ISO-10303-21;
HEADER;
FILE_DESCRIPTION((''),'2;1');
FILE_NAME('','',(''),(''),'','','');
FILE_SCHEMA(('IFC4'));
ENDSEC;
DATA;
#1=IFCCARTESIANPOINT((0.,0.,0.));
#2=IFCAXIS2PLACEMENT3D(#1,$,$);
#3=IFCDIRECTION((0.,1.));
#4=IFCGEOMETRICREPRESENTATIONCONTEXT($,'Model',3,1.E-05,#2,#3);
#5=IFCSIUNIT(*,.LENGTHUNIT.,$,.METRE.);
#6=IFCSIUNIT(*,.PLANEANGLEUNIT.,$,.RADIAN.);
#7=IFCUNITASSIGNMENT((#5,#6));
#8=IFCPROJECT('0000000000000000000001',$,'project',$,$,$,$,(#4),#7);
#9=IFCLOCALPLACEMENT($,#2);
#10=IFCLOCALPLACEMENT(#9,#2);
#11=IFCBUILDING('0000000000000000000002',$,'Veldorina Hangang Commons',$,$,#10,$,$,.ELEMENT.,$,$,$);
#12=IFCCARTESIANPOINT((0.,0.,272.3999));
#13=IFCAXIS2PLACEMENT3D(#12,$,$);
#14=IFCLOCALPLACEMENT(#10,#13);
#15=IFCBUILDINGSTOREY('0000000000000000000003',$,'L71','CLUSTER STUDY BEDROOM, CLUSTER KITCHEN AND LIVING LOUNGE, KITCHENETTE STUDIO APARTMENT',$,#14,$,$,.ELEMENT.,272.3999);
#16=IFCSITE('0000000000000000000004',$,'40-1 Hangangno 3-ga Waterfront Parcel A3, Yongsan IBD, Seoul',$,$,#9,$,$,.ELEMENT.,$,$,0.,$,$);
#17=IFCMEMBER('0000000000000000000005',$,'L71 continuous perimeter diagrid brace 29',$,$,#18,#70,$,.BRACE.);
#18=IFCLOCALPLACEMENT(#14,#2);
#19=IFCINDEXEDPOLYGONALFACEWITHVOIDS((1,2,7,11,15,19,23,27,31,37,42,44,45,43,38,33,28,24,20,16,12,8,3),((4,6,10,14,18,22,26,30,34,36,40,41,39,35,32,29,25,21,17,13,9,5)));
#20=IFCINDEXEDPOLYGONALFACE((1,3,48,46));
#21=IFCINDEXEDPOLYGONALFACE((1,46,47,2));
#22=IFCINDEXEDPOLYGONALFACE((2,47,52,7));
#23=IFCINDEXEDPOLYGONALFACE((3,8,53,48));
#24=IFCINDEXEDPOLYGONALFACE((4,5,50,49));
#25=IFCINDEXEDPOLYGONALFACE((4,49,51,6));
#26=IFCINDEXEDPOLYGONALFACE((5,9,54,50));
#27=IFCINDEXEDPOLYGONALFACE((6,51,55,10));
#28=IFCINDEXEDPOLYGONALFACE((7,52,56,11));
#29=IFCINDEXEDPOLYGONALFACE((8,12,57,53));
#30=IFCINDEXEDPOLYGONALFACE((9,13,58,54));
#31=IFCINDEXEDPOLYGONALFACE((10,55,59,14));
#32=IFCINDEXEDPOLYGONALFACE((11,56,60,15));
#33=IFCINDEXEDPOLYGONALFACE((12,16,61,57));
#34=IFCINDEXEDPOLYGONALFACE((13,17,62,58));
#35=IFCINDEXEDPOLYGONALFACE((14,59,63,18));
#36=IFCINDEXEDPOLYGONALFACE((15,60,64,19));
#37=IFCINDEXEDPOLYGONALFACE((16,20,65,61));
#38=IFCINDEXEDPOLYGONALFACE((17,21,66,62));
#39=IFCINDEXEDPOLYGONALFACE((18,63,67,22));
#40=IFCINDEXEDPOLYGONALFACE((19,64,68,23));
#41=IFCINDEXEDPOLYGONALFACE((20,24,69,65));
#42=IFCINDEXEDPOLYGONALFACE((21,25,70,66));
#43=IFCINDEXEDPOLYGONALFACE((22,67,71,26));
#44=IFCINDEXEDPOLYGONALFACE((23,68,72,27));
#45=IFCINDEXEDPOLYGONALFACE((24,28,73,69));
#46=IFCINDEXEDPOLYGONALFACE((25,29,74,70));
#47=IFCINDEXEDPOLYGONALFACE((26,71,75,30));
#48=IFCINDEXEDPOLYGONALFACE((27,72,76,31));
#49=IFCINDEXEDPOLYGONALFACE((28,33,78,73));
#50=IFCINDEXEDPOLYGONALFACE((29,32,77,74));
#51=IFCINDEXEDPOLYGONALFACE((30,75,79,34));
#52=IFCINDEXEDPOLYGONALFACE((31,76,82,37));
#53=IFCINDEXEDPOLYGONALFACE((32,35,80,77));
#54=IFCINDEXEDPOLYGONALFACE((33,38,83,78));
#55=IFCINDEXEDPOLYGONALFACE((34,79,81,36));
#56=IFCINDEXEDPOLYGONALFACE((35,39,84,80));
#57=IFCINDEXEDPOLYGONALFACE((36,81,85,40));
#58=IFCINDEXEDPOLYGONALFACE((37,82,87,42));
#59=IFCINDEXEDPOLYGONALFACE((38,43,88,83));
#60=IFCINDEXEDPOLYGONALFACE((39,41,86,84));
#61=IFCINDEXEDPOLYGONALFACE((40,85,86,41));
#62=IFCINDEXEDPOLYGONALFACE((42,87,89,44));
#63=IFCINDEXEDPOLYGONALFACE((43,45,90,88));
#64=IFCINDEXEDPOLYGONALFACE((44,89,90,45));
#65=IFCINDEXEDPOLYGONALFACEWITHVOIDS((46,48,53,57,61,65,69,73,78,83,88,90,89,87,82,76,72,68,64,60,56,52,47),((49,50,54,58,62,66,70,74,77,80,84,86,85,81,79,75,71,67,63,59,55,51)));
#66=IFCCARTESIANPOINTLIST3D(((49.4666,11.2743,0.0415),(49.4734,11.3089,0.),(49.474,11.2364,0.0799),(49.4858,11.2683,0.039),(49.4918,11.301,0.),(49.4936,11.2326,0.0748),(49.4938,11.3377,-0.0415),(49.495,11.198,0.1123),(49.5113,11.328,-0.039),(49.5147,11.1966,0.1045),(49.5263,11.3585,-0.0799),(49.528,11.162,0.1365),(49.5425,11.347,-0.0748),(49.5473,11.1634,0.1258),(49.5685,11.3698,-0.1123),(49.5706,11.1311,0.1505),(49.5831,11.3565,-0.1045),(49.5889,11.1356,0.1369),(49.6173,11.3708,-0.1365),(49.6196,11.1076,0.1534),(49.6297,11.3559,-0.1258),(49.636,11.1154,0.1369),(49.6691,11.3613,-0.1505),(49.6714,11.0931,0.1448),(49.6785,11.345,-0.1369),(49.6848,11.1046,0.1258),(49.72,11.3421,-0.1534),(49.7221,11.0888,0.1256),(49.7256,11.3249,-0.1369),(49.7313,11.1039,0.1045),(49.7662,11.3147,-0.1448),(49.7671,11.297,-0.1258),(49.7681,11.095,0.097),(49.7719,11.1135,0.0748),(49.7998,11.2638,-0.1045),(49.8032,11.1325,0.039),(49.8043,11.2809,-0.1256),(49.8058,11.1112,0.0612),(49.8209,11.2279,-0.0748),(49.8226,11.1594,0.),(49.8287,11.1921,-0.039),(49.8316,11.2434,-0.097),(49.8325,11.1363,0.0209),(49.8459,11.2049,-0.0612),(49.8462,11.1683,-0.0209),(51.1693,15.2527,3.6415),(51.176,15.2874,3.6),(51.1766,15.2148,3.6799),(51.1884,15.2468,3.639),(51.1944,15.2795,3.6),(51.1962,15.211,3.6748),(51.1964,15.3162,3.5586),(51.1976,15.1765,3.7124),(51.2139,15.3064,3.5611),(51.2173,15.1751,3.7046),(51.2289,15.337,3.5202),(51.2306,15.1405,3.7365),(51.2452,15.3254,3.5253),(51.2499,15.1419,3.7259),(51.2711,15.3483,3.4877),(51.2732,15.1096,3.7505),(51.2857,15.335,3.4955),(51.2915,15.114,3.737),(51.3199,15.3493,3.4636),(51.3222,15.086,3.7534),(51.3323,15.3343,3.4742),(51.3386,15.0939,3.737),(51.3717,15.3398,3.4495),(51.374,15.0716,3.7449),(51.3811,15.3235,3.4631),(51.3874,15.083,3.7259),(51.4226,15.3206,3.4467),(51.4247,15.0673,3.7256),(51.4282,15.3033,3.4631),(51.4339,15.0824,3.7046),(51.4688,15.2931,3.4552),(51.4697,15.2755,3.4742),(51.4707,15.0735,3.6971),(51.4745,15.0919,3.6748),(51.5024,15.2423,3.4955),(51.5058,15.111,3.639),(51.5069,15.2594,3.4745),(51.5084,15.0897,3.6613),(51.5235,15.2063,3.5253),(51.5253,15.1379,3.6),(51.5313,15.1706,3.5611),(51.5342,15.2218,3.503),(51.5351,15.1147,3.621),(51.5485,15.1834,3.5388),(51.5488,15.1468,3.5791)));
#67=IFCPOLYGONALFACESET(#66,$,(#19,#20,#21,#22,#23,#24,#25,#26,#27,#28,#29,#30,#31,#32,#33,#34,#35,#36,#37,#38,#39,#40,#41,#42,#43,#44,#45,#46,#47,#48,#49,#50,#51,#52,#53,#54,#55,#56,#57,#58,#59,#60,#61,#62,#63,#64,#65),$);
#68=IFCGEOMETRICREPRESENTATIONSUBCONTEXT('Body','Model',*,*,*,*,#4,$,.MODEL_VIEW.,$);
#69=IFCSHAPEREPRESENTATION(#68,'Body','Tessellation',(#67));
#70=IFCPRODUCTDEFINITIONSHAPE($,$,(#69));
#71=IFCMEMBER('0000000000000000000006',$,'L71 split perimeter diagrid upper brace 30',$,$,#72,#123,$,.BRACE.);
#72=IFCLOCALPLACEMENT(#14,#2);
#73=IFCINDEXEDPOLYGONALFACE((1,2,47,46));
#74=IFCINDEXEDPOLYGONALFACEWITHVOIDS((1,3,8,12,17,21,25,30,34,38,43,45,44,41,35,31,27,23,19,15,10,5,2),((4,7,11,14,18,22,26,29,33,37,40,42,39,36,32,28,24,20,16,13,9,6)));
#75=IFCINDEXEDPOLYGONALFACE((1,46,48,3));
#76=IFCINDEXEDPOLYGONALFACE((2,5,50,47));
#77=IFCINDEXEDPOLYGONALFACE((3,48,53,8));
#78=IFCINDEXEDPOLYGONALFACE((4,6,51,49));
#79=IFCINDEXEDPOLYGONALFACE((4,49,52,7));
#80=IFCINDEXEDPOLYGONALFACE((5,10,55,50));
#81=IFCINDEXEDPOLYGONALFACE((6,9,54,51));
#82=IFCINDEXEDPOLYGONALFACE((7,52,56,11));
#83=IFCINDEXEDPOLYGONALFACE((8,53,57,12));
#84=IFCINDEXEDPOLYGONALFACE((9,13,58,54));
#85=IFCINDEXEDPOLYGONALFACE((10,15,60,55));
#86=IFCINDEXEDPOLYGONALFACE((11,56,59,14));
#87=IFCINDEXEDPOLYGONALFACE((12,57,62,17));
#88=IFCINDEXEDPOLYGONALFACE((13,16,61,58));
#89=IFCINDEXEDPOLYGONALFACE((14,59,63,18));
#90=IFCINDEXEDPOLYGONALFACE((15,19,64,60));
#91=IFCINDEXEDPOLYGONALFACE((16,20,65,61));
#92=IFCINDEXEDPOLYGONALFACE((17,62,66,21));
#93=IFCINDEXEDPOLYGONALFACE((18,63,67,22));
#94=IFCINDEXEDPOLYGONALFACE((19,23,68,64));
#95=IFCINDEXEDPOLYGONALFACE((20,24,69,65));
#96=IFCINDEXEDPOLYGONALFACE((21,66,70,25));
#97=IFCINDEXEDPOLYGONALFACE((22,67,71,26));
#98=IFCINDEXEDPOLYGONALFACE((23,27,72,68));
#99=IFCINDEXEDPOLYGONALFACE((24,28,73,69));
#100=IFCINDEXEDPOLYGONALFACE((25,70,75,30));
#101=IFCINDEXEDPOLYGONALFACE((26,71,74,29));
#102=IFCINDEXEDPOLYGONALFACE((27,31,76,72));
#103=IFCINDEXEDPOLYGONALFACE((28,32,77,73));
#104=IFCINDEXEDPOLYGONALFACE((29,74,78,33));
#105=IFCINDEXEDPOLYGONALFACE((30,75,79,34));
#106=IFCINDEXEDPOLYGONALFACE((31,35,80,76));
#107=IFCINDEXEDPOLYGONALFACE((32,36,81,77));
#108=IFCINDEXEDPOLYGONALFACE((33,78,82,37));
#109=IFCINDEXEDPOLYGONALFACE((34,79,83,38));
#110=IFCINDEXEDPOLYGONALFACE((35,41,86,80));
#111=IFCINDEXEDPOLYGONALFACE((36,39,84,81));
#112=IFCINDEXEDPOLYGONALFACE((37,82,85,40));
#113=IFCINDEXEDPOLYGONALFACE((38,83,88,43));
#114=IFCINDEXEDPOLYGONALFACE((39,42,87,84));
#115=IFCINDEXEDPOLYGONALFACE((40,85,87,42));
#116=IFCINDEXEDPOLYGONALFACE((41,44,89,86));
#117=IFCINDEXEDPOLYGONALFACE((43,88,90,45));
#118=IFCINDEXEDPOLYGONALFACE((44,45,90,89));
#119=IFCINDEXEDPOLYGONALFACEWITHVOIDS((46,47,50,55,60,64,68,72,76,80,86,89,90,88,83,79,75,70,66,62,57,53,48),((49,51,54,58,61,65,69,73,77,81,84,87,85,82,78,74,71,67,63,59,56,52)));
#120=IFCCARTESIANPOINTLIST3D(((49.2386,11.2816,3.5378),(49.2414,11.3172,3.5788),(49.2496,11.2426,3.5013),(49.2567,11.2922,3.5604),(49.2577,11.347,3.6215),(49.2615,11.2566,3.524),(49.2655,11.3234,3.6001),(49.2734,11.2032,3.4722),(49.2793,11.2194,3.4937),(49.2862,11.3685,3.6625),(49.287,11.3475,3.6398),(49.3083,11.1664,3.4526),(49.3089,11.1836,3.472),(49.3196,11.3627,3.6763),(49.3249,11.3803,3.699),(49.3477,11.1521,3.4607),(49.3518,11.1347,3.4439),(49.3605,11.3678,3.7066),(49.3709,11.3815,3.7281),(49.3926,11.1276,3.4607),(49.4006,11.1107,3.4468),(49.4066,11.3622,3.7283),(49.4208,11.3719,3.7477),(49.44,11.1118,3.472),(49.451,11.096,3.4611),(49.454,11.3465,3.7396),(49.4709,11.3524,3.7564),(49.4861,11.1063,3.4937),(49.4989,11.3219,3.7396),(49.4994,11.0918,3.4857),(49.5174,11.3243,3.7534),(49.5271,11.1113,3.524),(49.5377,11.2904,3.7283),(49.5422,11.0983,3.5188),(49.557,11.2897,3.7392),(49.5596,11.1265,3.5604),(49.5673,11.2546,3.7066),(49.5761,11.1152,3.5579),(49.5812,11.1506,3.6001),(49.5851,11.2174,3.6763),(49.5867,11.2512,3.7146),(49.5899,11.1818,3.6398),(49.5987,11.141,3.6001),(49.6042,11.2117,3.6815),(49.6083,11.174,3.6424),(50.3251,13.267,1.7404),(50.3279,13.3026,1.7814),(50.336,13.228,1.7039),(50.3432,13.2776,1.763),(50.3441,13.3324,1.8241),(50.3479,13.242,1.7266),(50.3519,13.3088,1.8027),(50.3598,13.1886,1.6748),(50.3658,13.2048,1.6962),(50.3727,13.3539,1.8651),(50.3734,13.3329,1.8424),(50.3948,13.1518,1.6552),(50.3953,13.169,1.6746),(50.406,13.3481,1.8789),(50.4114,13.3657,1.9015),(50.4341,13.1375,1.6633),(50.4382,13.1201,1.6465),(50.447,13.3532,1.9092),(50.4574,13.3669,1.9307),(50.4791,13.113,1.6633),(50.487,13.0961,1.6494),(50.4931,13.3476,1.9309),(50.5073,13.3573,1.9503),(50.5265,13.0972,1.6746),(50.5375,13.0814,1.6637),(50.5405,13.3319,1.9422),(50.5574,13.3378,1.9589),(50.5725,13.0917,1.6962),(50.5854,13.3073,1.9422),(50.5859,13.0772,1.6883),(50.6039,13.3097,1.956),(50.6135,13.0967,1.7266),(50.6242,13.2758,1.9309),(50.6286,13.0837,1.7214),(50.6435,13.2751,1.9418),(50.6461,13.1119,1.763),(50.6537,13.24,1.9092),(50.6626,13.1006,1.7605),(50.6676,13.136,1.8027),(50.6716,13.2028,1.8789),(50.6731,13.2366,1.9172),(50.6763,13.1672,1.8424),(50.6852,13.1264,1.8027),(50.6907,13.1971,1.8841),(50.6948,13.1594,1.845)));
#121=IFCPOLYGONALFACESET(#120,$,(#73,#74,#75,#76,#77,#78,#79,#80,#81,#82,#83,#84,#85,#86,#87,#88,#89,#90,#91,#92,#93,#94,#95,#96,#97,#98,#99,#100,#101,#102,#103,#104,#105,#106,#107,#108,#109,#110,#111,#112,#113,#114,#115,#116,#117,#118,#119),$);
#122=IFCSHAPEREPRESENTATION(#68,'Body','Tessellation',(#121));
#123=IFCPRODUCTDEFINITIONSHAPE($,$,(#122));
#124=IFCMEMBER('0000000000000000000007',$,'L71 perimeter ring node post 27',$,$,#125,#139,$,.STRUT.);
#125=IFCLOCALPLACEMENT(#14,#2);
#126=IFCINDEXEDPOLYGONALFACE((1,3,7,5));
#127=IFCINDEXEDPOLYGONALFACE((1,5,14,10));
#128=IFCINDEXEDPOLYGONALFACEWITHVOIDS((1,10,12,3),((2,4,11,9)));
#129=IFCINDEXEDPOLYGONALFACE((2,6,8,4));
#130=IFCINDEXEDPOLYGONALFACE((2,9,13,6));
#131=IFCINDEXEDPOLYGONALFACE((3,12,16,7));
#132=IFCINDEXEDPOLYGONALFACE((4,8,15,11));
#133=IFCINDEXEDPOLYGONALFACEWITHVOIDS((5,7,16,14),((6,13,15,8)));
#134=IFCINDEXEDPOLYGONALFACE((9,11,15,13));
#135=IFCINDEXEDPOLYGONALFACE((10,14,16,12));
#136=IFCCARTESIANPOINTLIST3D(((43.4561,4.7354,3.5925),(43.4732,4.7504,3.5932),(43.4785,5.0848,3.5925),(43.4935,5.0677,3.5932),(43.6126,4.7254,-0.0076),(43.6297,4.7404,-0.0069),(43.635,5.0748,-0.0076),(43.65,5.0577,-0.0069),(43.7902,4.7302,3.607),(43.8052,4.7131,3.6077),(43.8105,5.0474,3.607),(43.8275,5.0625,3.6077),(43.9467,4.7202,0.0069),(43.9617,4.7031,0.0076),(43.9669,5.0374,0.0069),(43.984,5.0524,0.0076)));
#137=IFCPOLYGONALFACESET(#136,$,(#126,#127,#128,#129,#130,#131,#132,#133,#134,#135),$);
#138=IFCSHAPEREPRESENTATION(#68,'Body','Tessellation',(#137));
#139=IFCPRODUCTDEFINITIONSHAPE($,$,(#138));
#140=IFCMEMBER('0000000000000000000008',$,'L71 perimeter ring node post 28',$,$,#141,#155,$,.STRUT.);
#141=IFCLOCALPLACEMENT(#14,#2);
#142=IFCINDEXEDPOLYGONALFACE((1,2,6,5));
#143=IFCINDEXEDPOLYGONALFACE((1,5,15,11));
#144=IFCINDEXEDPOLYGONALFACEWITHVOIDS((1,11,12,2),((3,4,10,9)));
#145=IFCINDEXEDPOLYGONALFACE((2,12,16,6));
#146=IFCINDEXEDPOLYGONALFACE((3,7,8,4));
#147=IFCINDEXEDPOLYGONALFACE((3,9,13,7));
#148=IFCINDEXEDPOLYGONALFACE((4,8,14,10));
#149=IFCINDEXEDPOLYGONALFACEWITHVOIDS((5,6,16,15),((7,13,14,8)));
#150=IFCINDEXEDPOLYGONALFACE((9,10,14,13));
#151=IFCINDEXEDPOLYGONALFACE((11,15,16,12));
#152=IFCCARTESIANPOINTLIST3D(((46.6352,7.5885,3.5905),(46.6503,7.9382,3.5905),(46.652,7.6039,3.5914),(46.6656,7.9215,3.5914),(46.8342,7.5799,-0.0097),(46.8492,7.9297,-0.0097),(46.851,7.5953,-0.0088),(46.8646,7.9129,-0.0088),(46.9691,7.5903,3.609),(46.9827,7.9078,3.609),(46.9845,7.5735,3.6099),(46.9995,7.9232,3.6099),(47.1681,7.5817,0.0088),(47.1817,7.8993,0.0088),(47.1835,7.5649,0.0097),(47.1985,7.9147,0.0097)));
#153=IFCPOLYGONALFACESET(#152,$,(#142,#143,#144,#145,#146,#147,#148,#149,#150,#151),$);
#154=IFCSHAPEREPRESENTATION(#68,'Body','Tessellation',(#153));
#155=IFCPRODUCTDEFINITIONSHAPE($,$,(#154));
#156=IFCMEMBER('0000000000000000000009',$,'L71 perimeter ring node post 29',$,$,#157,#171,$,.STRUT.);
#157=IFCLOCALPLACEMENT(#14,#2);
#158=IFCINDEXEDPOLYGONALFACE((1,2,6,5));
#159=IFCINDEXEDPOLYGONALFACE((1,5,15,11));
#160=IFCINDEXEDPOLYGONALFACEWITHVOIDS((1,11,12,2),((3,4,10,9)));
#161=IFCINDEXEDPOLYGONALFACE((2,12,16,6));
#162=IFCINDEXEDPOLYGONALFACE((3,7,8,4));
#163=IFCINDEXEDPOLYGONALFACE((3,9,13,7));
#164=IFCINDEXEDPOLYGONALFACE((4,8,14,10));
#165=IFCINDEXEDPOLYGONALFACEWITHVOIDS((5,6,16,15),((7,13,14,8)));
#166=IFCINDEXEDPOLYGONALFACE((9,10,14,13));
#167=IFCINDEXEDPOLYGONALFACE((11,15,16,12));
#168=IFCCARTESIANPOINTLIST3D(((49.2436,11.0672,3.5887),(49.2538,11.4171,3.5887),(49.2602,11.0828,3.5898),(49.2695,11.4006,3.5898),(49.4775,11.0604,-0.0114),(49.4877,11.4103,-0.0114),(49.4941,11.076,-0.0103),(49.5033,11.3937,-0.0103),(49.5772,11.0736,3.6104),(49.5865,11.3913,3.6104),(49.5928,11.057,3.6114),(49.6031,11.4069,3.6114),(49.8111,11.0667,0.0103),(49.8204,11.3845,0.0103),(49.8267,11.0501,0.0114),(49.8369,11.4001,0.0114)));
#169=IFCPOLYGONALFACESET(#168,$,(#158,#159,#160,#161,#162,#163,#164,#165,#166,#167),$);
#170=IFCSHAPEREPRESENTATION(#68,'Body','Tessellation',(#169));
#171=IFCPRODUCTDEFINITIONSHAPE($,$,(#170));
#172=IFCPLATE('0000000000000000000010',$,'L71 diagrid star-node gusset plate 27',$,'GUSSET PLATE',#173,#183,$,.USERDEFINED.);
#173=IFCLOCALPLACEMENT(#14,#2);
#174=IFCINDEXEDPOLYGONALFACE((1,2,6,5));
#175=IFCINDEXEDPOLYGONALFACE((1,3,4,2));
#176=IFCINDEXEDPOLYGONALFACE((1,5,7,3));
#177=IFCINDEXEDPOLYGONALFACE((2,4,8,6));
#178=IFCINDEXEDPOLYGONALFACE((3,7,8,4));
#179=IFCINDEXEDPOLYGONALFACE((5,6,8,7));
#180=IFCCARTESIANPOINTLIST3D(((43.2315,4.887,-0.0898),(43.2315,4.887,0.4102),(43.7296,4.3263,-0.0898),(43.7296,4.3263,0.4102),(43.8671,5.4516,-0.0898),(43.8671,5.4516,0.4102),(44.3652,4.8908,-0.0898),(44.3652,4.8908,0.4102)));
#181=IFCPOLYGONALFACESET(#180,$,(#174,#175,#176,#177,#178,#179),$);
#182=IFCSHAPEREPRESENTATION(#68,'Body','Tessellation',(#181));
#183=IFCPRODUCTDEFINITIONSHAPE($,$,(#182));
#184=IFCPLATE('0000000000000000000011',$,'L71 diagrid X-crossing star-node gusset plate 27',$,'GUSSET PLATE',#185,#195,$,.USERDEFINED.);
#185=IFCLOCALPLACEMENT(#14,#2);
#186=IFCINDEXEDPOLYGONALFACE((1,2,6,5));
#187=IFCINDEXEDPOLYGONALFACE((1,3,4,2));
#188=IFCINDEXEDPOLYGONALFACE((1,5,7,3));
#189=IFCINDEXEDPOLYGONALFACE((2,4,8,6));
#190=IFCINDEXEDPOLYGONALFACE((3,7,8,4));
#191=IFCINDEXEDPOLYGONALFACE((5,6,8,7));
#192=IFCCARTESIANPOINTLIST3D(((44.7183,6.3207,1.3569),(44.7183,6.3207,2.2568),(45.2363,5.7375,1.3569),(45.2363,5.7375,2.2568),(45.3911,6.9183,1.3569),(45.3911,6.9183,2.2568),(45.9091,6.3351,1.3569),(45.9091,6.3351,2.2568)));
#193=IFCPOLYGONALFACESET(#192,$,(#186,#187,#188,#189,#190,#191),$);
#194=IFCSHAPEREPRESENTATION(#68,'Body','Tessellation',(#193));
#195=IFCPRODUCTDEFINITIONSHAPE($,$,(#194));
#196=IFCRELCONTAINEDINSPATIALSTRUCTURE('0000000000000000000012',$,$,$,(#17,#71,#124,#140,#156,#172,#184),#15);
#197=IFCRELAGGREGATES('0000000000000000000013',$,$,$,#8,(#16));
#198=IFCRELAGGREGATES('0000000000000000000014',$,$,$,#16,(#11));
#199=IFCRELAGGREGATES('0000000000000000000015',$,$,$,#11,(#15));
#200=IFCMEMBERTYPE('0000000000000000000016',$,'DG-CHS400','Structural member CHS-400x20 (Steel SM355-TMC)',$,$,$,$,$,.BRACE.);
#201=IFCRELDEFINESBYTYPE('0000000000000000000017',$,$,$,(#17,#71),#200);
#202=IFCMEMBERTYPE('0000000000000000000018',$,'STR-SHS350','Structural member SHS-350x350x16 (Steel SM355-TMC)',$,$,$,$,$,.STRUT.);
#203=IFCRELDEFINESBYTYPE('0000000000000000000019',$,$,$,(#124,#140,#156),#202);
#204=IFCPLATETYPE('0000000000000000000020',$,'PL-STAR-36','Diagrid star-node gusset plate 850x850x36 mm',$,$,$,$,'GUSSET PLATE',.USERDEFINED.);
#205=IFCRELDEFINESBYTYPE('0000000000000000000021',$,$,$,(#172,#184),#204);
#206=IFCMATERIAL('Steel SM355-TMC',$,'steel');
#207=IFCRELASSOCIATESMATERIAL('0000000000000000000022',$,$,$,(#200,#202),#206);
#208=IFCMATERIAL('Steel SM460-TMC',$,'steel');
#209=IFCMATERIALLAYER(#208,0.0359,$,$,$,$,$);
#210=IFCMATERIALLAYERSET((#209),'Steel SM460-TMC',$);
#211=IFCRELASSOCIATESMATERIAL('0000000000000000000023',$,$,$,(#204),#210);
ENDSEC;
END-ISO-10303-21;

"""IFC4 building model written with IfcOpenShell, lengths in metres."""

from ifc_helpers import new_model, si_unit, direction, frame, origin, origin_2d, place, context, subcontext, project, spatial, rectangle, hollow_rectangle, hollow_circle, extrude, material, layer, layer_set, material_profile, profile_set, type_object, element, save


model = new_model("IFC4")

# Units and contexts
model_context = context("Model", 3, precision=1e-05, world=origin(), true_north=direction((0.0, 1.0)))
body_context = subcontext(model_context, "Body", "Model", "MODEL_VIEW")
ifc_project = project(units=[si_unit("LENGTHUNIT", "METRE"), si_unit("PLANEANGLEUNIT", "RADIAN")], contexts=[model_context])

# Site, building, storey
site_placement = place(None, origin())
site = spatial("IfcSite", under=ifc_project, at=site_placement, Name="40-1 Hangangno 3-ga Waterfront Parcel A3, Yongsan IBD, Seoul", CompositionType="ELEMENT", RefElevation=0.0)
building_placement = place(site_placement, origin())
building = spatial("IfcBuilding", under=site, at=building_placement, Name="Veldorina Hangang Commons", CompositionType="ELEMENT")
storey_placement = place(building_placement, frame((0.0, 0.0, 272.3999)))
storey = spatial("IfcBuildingStorey", under=building, at=storey_placement, Name="L71", Description="CLUSTER STUDY BEDROOM, CLUSTER KITCHEN AND LIVING LOUNGE, KITCHENETTE STUDIO APARTMENT", CompositionType="ELEMENT", Elevation=272.3999)

# Shared definitions
ifc_material_1 = material(Name="Steel SM355-TMC", Category="steel")

# Members
ifc_material_profile_1 = material_profile(ifc_material_1, hollow_circle(Radius=0.2, WallThickness=0.02, at=origin_2d()), Name="CHS-400x20")
ifc_profile_set_1 = profile_set([ifc_material_profile_1], Name="Steel SM355-TMC")
member_type_1 = type_object("IfcMemberType", Name="DG-CHS400", Description="Structural member CHS-400x20 (Steel SM355-TMC)", PredefinedType="BRACE", material=ifc_profile_set_1)
member_1_placement = place(storey_placement, frame((49.6572, 11.2302, 0.0), z_axis=(0.302463, 0.70676, 0.639536), x_axis=(-0.919349, 0.393443, 0.0)))
element("IfcMember", 1, at=member_1_placement, inside=storey, type_object=member_type_1, Name="L71 continuous perimeter diagrid brace 29", PredefinedType="BRACE", context=body_context, shape_type="SweptSolid", body=[
    extrude(hollow_circle(Radius=0.2, WallThickness=0.02, at=origin_2d()), origin(), (0.0, 0.0, 1.0), 5.6292),
])
member_2_placement = place(storey_placement, frame((50.5098, 13.2224, 1.8027), z_axis=(-0.375918, -0.686958, 0.621912), x_axis=(0.877243, -0.480046, 0.0)))
element("IfcMember", 2, at=member_2_placement, inside=storey, type_object=member_type_1, Name="L71 split perimeter diagrid upper brace 30", PredefinedType="BRACE", context=body_context, shape_type="SweptSolid", body=[
    extrude(hollow_circle(Radius=0.2, WallThickness=0.02, at=origin_2d()), origin(), (0.0, 0.0, 1.0), 2.8901),
])
ifc_material_profile_2 = material_profile(ifc_material_1, hollow_rectangle(XDim=0.3501, YDim=0.3501, WallThickness=0.0161, at=origin_2d()), Name="SHS-350x350x16")
ifc_profile_set_2 = profile_set([ifc_material_profile_2], Name="Steel SM355-TMC")
member_type_2 = type_object("IfcMemberType", Name="STR-SHS350", Description="Structural member SHS-350x350x16 (Steel SM355-TMC)", PredefinedType="STRUT", material=ifc_profile_set_2)
member_3_placement = place(storey_placement, frame((43.7983, 4.8889, 0.0), z_axis=(-0.043428, 0.002778, 0.999053), x_axis=(-0.063832, -0.997961, 0.0)))
element("IfcMember", 3, at=member_3_placement, inside=storey, type_object=member_type_2, Name="L71 perimeter ring node post 27", PredefinedType="STRUT", context=body_context, shape_type="SweptSolid", body=[
    extrude(hollow_rectangle(XDim=0.3501, YDim=0.3501, WallThickness=0.0161, at=origin_2d()), origin(), (0.0, 0.0, 1.0), 3.6035),
])
member_4_placement = place(storey_placement, frame((47.0164, 7.7473, 0.0), z_axis=(-0.055185, 0.00237, 0.998473), x_axis=(-0.042905, -0.999079, 0.0)))
element("IfcMember", 4, at=member_4_placement, inside=storey, type_object=member_type_2, Name="L71 perimeter ring node post 28", PredefinedType="STRUT", context=body_context, shape_type="SweptSolid", body=[
    extrude(hollow_rectangle(XDim=0.3501, YDim=0.3501, WallThickness=0.0161, at=origin_2d()), origin(), (0.0, 0.0, 1.0), 3.6057),
])
member_5_placement = place(storey_placement, frame((49.6572, 11.2302, 0.0), z_axis=(-0.06483, 0.001895, 0.997895), x_axis=(-0.029215, -0.999573, 0.0)))
element("IfcMember", 5, at=member_5_placement, inside=storey, type_object=member_type_2, Name="L71 perimeter ring node post 29", PredefinedType="STRUT", context=body_context, shape_type="SweptSolid", body=[
    extrude(hollow_rectangle(XDim=0.3501, YDim=0.3501, WallThickness=0.0161, at=origin_2d()), origin(), (0.0, 0.0, 1.0), 3.6077),
])

# Plates
ifc_material_2 = material(Name="Steel SM460-TMC", Category="steel")
ifc_layer_1 = layer(ifc_material_2, 0.0359)
ifc_layer_set_1 = layer_set([ifc_layer_1], Name="Steel SM460-TMC")
plate_type_1 = type_object("IfcPlateType", Name="PL-STAR-36", Description="Diagrid star-node gusset plate 850x850x36 mm", ElementType="GUSSET PLATE", PredefinedType="USERDEFINED", material=ifc_layer_set_1)
plate_1_placement = place(storey_placement, frame((43.7983, 4.8889, -0.0898), z_axis=(0.0, 0.0, 1.0), x_axis=(0.747636, 0.664109, 0.0)))
element("IfcPlate", 6, at=plate_1_placement, inside=storey, type_object=plate_type_1, Name="L71 diagrid star-node gusset plate 27", ObjectType="GUSSET PLATE", PredefinedType="USERDEFINED", context=body_context, shape_type="SweptSolid", body=[
    extrude(rectangle(XDim=0.8501, YDim=0.75, at=origin_2d()), origin(), (0.0, 0.0, 1.0), 0.5),
])
plate_2_placement = place(storey_placement, frame((45.3137, 6.3279, 1.3569), z_axis=(0.0, 0.0, 1.0), x_axis=(0.747636, 0.664109, 0.0)))
element("IfcPlate", 7, at=plate_2_placement, inside=storey, type_object=plate_type_1, Name="L71 diagrid X-crossing star-node gusset plate 27", ObjectType="GUSSET PLATE", PredefinedType="USERDEFINED", context=body_context, shape_type="SweptSolid", body=[
    extrude(rectangle(XDim=0.8999, YDim=0.78, at=origin_2d()), origin(), (0.0, 0.0, 1.0), 0.8999),
])

save(model, "model.ifc")
